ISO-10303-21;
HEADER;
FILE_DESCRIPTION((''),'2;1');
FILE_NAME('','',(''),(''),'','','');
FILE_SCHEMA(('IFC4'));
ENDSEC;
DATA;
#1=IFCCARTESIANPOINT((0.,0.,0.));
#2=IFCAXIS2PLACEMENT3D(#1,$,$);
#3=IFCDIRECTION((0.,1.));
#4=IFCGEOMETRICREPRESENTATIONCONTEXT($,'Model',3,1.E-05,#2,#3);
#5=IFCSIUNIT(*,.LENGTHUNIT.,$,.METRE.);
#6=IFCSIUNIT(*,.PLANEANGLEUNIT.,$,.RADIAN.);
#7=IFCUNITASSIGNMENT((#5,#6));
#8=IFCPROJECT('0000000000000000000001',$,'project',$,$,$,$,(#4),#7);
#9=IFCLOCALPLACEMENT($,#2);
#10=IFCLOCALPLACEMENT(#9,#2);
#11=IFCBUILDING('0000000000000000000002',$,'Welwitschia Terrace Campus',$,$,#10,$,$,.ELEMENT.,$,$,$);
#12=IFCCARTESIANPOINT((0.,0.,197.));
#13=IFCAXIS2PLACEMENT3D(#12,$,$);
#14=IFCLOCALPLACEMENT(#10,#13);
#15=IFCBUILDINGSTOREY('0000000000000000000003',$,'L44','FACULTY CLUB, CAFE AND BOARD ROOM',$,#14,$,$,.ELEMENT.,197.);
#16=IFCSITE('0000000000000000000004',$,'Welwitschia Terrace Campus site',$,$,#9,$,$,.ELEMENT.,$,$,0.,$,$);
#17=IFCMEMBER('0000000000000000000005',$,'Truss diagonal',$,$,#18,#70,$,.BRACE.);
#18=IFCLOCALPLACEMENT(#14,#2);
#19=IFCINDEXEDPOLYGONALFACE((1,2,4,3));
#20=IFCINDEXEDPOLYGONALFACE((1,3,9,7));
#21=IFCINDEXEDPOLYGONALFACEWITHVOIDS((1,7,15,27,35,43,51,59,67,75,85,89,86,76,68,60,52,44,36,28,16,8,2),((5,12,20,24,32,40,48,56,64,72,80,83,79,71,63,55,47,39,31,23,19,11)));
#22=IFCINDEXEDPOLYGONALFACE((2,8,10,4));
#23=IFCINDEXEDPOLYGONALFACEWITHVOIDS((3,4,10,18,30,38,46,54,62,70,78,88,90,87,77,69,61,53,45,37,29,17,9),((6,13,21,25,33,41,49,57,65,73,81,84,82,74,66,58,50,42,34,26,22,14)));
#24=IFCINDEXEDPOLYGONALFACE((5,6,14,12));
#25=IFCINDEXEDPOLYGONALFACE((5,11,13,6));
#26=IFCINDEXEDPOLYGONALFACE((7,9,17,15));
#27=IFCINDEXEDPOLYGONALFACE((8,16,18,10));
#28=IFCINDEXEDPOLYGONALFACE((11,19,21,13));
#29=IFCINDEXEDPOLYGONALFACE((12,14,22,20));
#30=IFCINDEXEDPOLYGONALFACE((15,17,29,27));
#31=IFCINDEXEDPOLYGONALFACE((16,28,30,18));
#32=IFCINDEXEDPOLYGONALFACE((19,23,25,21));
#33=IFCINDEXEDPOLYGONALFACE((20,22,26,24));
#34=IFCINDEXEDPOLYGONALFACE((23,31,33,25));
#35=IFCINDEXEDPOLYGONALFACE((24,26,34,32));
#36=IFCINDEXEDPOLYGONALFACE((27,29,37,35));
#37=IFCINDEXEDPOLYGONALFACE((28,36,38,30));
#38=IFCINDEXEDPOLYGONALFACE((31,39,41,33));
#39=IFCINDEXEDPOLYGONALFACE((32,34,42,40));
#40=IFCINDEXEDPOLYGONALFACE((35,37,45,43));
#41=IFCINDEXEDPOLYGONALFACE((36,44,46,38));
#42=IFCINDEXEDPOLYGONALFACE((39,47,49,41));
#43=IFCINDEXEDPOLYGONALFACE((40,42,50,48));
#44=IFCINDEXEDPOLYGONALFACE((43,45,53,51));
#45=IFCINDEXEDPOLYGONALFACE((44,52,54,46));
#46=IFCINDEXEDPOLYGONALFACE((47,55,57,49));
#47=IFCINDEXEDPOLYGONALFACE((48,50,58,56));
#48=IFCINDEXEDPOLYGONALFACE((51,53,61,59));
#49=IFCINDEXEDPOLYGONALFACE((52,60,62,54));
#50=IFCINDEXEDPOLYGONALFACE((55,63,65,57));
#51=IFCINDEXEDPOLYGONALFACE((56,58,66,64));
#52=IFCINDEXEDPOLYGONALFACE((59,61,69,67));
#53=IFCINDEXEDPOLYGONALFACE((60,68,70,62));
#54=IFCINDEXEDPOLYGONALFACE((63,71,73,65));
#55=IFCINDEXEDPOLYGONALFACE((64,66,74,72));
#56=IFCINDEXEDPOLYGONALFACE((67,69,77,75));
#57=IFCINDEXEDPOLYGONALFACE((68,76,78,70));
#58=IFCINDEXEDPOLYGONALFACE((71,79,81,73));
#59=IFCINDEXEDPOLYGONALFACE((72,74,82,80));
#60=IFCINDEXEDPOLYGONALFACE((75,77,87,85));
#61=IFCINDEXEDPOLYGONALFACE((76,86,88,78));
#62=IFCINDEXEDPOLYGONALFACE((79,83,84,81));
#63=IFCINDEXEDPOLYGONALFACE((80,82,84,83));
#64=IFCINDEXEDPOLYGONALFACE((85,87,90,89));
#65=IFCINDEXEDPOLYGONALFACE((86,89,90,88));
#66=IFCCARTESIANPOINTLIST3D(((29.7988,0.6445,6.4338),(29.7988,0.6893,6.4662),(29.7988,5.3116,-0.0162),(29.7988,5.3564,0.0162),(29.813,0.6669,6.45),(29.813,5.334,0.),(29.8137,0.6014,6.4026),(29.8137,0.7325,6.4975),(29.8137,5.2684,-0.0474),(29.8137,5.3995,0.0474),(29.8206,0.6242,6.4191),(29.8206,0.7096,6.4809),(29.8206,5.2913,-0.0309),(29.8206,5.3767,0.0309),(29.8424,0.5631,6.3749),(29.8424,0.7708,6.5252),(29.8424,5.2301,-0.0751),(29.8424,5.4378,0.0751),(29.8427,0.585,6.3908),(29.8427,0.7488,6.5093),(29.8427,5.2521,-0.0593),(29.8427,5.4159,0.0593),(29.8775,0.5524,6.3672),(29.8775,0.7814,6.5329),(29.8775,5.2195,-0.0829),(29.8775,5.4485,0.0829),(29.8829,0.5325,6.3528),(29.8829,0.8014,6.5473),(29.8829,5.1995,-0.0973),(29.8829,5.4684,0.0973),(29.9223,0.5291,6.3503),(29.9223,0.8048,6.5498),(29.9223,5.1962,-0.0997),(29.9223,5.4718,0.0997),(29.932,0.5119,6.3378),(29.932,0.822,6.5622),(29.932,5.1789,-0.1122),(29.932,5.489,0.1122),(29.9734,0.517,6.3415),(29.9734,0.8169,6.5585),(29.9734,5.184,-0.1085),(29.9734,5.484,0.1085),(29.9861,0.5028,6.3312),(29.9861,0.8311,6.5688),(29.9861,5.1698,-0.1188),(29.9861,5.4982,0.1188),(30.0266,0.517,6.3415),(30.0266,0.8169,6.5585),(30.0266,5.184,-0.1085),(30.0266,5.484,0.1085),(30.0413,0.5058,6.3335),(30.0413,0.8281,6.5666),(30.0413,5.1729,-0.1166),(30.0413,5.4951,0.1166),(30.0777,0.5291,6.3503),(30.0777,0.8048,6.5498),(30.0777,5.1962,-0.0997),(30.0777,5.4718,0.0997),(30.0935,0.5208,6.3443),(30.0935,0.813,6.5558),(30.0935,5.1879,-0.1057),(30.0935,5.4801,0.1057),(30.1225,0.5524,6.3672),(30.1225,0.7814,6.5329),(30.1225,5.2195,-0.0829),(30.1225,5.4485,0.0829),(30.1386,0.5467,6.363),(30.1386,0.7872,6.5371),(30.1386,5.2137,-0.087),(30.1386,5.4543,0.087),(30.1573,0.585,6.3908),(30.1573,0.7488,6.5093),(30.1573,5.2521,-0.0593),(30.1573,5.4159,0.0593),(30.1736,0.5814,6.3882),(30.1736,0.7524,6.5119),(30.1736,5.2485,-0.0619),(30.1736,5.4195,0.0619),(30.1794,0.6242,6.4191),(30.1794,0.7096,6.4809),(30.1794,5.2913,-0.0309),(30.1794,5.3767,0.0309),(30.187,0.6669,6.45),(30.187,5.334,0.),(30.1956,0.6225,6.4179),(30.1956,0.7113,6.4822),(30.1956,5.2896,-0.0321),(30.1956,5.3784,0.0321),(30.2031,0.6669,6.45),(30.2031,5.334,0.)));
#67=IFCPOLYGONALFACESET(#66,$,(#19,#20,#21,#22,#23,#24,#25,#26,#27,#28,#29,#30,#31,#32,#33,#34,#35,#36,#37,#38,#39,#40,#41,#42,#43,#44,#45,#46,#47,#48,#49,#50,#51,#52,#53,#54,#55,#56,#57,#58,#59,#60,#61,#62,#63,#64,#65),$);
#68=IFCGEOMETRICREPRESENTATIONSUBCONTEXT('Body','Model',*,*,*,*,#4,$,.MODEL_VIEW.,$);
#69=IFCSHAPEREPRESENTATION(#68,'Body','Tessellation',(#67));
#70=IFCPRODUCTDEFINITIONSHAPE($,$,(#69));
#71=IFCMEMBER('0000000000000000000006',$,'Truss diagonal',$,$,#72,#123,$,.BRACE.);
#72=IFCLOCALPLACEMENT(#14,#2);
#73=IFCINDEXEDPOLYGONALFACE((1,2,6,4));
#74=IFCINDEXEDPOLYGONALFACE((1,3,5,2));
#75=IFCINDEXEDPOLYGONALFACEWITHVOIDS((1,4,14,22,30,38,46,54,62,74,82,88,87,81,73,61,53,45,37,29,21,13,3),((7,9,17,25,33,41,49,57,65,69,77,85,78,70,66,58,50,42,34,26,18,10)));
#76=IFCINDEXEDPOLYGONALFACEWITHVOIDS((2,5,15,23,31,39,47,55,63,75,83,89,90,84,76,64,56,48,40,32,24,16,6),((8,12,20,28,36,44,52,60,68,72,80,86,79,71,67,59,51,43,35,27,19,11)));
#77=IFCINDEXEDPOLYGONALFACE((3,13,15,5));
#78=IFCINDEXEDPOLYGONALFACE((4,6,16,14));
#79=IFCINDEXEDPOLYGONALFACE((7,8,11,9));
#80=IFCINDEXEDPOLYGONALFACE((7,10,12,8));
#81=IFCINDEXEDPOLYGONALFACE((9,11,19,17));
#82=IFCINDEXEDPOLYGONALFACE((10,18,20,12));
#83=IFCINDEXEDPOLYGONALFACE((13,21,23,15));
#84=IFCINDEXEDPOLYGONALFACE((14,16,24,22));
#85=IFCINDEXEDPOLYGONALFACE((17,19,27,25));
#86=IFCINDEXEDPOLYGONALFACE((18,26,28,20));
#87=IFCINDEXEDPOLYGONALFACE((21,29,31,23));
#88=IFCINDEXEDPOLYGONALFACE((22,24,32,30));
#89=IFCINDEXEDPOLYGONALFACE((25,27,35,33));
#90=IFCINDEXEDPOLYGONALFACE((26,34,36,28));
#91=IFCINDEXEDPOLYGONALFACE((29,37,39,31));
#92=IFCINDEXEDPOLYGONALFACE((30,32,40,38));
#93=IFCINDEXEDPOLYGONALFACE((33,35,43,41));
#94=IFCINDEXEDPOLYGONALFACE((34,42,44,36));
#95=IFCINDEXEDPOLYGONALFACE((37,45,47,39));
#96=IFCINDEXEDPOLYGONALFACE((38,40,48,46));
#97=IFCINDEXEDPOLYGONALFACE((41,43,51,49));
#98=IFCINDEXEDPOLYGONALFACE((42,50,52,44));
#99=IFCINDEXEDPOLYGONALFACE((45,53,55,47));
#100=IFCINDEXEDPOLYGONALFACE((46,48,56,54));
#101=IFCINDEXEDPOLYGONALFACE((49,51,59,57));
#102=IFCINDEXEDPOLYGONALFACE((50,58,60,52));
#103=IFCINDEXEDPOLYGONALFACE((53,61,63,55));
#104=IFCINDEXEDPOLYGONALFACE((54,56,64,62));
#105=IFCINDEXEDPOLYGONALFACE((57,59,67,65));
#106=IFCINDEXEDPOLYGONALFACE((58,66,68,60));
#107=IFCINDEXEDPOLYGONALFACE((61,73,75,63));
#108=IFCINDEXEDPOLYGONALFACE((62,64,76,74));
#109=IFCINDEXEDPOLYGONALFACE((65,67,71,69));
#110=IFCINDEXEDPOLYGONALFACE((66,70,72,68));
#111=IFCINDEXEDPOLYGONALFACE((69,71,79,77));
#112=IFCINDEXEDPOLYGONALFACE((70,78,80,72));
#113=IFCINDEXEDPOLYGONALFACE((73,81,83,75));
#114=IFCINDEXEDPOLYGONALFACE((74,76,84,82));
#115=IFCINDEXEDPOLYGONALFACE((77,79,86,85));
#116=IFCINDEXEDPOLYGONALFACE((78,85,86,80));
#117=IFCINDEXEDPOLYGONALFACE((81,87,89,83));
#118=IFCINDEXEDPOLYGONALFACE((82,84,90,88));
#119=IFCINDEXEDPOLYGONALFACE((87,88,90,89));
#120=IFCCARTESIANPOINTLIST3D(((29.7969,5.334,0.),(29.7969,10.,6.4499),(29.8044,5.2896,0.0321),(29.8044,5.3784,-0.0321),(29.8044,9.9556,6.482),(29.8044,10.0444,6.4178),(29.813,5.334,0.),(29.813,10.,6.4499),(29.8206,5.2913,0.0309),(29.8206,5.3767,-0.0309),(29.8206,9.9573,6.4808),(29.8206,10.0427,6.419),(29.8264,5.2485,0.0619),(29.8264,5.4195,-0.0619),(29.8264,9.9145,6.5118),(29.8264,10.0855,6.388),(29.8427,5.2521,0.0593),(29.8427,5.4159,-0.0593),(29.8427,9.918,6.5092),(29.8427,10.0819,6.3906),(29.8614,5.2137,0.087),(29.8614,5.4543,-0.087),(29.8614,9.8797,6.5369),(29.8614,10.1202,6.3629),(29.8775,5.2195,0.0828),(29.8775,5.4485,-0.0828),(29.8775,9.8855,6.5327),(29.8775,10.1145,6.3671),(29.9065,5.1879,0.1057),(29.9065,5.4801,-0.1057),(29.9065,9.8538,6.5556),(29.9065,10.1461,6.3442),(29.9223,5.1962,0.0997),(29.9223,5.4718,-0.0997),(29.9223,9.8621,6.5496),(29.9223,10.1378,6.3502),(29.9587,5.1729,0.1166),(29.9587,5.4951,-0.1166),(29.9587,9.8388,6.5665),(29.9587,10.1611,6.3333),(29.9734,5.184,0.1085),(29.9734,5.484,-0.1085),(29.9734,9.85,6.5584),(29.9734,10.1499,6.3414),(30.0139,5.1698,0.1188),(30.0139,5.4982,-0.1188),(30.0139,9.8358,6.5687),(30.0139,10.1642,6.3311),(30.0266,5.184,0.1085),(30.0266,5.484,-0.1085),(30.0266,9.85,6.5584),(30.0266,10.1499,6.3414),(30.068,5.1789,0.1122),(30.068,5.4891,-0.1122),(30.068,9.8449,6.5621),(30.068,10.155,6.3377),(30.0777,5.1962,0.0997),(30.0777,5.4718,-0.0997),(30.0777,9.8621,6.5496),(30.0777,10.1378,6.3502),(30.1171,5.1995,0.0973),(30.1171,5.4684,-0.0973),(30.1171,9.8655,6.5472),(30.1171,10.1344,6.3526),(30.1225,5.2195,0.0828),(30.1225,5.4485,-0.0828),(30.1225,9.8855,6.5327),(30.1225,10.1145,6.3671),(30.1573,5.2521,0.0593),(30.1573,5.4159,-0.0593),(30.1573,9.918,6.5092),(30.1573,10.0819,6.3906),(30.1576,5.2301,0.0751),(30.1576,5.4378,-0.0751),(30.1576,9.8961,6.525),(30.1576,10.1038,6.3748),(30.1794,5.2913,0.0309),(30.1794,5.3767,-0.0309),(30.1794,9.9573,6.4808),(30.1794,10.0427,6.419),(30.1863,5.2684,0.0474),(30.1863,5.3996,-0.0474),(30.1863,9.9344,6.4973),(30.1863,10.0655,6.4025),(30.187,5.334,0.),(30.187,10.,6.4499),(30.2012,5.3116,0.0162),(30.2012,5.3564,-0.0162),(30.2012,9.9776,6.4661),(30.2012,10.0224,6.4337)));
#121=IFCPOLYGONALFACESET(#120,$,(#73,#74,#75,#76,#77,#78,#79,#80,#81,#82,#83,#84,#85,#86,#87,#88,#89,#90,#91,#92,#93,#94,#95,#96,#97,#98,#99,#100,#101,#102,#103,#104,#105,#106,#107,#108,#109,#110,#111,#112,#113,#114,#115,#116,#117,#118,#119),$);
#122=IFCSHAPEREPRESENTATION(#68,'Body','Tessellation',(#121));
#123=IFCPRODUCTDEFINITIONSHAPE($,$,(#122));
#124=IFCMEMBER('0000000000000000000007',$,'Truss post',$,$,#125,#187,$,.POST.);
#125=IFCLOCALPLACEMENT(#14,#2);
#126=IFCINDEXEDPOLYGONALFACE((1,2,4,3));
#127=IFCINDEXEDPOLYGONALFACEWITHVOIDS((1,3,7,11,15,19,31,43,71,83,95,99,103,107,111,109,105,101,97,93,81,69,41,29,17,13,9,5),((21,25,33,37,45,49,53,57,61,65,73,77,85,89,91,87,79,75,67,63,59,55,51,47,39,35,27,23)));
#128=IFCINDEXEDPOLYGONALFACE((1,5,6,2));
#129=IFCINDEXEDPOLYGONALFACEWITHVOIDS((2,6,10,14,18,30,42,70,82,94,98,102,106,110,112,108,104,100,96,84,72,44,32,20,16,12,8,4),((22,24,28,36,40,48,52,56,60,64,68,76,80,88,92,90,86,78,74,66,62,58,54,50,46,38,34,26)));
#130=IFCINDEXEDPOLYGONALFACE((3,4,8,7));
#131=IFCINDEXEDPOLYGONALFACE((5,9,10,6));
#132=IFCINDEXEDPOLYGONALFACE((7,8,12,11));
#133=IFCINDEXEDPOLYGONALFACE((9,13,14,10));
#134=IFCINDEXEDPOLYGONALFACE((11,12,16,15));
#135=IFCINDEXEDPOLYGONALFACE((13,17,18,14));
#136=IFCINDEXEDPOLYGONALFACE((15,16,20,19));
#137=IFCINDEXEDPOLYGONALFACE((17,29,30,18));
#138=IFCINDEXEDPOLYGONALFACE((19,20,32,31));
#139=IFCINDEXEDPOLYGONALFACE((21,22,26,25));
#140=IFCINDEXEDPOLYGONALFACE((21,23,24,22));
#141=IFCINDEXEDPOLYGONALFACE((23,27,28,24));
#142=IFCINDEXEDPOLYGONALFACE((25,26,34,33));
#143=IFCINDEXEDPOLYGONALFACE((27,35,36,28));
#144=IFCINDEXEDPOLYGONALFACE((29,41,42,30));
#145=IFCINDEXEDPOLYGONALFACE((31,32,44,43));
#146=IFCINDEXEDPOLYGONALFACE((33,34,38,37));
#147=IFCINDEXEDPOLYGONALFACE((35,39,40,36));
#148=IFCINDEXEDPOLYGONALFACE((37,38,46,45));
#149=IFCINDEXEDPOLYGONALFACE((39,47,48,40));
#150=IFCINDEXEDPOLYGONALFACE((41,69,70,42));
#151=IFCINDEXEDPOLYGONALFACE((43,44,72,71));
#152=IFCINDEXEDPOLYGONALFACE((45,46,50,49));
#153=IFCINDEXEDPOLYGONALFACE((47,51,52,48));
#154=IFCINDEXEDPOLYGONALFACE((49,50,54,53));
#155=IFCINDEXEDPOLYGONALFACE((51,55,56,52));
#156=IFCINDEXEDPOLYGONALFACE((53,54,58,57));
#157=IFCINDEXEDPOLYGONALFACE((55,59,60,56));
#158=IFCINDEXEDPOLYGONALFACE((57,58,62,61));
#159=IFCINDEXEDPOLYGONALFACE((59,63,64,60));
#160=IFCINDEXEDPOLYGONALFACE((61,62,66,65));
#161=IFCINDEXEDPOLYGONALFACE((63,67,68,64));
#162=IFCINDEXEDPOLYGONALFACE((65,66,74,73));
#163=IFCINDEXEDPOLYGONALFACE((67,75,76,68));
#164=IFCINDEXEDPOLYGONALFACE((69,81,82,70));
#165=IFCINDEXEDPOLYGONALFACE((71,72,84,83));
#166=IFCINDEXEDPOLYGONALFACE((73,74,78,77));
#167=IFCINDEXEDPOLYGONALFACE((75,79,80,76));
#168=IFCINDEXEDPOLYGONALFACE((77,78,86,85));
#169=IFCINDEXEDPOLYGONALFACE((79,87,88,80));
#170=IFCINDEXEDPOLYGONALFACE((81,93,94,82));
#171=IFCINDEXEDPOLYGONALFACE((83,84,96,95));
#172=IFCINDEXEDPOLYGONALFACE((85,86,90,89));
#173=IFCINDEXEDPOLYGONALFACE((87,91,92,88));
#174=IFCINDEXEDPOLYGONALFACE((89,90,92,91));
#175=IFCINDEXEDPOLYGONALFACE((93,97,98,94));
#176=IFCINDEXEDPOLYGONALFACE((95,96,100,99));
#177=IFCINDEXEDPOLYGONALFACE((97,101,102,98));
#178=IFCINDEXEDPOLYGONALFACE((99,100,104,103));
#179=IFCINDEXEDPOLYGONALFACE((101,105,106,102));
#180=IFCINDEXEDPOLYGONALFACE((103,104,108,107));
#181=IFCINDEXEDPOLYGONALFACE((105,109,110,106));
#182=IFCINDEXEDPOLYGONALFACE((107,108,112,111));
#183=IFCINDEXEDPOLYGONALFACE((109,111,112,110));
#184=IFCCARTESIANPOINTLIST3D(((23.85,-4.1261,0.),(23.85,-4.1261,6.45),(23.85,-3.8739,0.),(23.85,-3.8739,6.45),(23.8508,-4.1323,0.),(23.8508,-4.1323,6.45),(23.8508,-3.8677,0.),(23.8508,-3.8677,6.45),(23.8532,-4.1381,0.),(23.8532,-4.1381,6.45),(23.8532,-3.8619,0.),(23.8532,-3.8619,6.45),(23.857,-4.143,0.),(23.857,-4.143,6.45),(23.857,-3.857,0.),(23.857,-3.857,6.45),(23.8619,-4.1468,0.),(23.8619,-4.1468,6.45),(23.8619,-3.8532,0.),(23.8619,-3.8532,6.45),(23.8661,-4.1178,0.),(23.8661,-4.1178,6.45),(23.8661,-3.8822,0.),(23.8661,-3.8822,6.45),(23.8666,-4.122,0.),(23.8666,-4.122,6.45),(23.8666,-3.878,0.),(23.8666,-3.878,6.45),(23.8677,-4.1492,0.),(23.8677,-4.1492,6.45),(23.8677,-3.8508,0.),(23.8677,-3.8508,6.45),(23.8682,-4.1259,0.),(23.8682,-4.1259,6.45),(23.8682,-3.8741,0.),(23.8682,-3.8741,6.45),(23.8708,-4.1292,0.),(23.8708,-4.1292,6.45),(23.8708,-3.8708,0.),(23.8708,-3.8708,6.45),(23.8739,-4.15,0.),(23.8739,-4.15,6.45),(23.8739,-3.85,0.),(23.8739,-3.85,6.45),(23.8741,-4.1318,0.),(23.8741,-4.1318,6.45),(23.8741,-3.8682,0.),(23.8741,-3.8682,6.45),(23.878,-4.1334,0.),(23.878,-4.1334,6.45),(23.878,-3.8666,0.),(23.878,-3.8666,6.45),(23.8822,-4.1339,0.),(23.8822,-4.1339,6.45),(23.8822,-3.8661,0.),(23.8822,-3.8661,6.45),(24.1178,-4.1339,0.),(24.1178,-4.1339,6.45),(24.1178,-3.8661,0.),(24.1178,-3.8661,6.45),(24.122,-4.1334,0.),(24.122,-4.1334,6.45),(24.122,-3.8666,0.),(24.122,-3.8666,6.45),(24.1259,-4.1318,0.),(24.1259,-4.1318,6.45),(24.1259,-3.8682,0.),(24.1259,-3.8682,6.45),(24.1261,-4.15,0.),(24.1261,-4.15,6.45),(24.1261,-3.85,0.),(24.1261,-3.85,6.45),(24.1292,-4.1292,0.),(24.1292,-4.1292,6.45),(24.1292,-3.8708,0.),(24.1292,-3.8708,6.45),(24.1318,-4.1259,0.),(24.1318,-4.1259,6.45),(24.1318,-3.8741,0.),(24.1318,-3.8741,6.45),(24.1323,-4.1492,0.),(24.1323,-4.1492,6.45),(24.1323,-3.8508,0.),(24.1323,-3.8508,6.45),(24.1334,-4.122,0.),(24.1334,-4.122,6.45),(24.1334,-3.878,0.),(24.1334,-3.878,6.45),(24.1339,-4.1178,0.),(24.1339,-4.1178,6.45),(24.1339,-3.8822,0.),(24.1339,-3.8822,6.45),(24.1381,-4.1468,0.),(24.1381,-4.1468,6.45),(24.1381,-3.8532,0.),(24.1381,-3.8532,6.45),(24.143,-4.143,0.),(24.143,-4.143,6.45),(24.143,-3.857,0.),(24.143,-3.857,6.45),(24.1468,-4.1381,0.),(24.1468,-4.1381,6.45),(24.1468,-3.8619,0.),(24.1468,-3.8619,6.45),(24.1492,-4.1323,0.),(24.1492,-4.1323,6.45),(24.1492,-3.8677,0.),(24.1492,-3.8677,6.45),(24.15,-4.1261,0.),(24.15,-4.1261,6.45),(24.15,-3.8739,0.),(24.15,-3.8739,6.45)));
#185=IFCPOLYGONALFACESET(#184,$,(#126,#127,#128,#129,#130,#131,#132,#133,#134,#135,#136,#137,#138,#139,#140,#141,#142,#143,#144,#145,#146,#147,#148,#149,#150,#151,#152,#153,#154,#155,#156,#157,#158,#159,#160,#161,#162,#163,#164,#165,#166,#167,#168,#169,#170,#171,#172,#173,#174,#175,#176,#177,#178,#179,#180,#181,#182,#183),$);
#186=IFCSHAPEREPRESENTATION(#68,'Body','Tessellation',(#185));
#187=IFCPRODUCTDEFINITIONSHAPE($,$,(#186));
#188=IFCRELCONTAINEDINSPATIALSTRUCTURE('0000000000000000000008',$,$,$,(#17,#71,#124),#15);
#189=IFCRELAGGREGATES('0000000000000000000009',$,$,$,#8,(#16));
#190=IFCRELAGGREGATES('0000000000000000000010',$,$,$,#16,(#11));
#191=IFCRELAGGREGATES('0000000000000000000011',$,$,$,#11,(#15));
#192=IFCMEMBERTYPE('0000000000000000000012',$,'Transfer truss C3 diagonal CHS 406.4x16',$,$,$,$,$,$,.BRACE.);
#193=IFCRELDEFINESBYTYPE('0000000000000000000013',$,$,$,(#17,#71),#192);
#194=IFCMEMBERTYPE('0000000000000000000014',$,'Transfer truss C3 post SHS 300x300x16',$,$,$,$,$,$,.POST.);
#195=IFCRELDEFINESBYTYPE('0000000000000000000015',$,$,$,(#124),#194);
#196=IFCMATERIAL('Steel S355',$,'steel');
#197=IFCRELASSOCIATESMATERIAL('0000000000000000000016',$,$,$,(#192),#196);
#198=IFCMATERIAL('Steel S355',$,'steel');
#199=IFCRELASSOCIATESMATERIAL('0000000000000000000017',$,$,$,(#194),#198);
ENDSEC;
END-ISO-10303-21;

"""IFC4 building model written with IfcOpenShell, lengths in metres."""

from ifc_helpers import new_model, si_unit, direction, frame, origin, origin_2d, place, context, subcontext, project, spatial, hollow_rectangle, hollow_circle, extrude, material, material_profile, profile_set, type_object, element, save


model = new_model("IFC4")

# Units and contexts
model_context = context("Model", 3, precision=1e-05, world=origin(), true_north=direction((0.0, 1.0)))
body_context = subcontext(model_context, "Body", "Model", "MODEL_VIEW")
ifc_project = project(units=[si_unit("LENGTHUNIT", "METRE"), si_unit("PLANEANGLEUNIT", "RADIAN")], contexts=[model_context])

# Site, building, storey
site_placement = place(None, origin())
site = spatial("IfcSite", under=ifc_project, at=site_placement, Name="Welwitschia Terrace Campus site", CompositionType="ELEMENT", RefElevation=0.0)
building_placement = place(site_placement, origin())
building = spatial("IfcBuilding", under=site, at=building_placement, Name="Welwitschia Terrace Campus", CompositionType="ELEMENT")
storey_placement = place(building_placement, frame((0.0, 0.0, 197.0)))
storey = spatial("IfcBuildingStorey", under=building, at=storey_placement, Name="L44", Description="FACULTY CLUB, CAFE AND BOARD ROOM", CompositionType="ELEMENT", Elevation=197.0)

# Members
ifc_material_1 = material(Name="Steel S355", Category="steel")
ifc_material_profile_1 = material_profile(ifc_material_1, hollow_circle(Radius=0.2031, WallThickness=0.0161, at=origin_2d()))
ifc_profile_set_1 = profile_set([ifc_material_profile_1], Name="Steel S355")
member_type_1 = type_object("IfcMemberType", Name="Transfer truss C3 diagonal CHS 406.4x16", PredefinedType="BRACE", material=ifc_profile_set_1)
member_1_placement = place(storey_placement, frame((30.0, 5.334, 0.0), z_axis=(0.0, -0.586208, 0.810161), x_axis=(1.0, 0.0, 0.0)))
element("IfcMember", 1, at=member_1_placement, inside=storey, type_object=member_type_1, Name="Truss diagonal", PredefinedType="BRACE", context=body_context, shape_type="SweptSolid", body=[
    extrude(hollow_circle(Radius=0.2031, WallThickness=0.0161, at=origin_2d()), origin(), (0.0, 0.0, 1.0), 7.9614),
])
member_2_placement = place(storey_placement, frame((30.0, 5.334, 0.0), z_axis=(0.0, 0.586127, 0.810219), x_axis=(-1.0, 0.0, 0.0)))
element("IfcMember", 2, at=member_2_placement, inside=storey, type_object=member_type_1, Name="Truss diagonal", PredefinedType="BRACE", context=body_context, shape_type="SweptSolid", body=[
    extrude(hollow_circle(Radius=0.2031, WallThickness=0.0161, at=origin_2d()), origin(), (0.0, 0.0, 1.0), 7.9607),
])
ifc_material_2 = material(Name="Steel S355", Category="steel")
ifc_material_profile_2 = material_profile(ifc_material_2, hollow_rectangle(XDim=0.3, YDim=0.3, WallThickness=0.0161, InnerFilletRadius=0.0161, OuterFilletRadius=0.0239, at=origin_2d()))
ifc_profile_set_2 = profile_set([ifc_material_profile_2], Name="Steel S355")
member_type_2 = type_object("IfcMemberType", Name="Transfer truss C3 post SHS 300x300x16", PredefinedType="POST", material=ifc_profile_set_2)
for number, where, z_axis, x_axis, name in (
    (3, (24.0, -4.0, 0.0), (0.0, 0.0, 1.0), (1.0, 0.0, 0.0), "Truss post"),
):
    element("IfcMember", number, at=place(storey_placement, frame(where, z_axis=z_axis, x_axis=x_axis)), inside=storey, type_object=member_type_2, Name=name, PredefinedType="POST", context=body_context, shape_type="SweptSolid", body=[
        extrude(hollow_rectangle(XDim=0.3, YDim=0.3, WallThickness=0.0161, InnerFilletRadius=0.0161, OuterFilletRadius=0.0239, at=origin_2d()), origin(), (0.0, 0.0, 1.0), 6.45),
    ])

save(model, "model.ifc")
